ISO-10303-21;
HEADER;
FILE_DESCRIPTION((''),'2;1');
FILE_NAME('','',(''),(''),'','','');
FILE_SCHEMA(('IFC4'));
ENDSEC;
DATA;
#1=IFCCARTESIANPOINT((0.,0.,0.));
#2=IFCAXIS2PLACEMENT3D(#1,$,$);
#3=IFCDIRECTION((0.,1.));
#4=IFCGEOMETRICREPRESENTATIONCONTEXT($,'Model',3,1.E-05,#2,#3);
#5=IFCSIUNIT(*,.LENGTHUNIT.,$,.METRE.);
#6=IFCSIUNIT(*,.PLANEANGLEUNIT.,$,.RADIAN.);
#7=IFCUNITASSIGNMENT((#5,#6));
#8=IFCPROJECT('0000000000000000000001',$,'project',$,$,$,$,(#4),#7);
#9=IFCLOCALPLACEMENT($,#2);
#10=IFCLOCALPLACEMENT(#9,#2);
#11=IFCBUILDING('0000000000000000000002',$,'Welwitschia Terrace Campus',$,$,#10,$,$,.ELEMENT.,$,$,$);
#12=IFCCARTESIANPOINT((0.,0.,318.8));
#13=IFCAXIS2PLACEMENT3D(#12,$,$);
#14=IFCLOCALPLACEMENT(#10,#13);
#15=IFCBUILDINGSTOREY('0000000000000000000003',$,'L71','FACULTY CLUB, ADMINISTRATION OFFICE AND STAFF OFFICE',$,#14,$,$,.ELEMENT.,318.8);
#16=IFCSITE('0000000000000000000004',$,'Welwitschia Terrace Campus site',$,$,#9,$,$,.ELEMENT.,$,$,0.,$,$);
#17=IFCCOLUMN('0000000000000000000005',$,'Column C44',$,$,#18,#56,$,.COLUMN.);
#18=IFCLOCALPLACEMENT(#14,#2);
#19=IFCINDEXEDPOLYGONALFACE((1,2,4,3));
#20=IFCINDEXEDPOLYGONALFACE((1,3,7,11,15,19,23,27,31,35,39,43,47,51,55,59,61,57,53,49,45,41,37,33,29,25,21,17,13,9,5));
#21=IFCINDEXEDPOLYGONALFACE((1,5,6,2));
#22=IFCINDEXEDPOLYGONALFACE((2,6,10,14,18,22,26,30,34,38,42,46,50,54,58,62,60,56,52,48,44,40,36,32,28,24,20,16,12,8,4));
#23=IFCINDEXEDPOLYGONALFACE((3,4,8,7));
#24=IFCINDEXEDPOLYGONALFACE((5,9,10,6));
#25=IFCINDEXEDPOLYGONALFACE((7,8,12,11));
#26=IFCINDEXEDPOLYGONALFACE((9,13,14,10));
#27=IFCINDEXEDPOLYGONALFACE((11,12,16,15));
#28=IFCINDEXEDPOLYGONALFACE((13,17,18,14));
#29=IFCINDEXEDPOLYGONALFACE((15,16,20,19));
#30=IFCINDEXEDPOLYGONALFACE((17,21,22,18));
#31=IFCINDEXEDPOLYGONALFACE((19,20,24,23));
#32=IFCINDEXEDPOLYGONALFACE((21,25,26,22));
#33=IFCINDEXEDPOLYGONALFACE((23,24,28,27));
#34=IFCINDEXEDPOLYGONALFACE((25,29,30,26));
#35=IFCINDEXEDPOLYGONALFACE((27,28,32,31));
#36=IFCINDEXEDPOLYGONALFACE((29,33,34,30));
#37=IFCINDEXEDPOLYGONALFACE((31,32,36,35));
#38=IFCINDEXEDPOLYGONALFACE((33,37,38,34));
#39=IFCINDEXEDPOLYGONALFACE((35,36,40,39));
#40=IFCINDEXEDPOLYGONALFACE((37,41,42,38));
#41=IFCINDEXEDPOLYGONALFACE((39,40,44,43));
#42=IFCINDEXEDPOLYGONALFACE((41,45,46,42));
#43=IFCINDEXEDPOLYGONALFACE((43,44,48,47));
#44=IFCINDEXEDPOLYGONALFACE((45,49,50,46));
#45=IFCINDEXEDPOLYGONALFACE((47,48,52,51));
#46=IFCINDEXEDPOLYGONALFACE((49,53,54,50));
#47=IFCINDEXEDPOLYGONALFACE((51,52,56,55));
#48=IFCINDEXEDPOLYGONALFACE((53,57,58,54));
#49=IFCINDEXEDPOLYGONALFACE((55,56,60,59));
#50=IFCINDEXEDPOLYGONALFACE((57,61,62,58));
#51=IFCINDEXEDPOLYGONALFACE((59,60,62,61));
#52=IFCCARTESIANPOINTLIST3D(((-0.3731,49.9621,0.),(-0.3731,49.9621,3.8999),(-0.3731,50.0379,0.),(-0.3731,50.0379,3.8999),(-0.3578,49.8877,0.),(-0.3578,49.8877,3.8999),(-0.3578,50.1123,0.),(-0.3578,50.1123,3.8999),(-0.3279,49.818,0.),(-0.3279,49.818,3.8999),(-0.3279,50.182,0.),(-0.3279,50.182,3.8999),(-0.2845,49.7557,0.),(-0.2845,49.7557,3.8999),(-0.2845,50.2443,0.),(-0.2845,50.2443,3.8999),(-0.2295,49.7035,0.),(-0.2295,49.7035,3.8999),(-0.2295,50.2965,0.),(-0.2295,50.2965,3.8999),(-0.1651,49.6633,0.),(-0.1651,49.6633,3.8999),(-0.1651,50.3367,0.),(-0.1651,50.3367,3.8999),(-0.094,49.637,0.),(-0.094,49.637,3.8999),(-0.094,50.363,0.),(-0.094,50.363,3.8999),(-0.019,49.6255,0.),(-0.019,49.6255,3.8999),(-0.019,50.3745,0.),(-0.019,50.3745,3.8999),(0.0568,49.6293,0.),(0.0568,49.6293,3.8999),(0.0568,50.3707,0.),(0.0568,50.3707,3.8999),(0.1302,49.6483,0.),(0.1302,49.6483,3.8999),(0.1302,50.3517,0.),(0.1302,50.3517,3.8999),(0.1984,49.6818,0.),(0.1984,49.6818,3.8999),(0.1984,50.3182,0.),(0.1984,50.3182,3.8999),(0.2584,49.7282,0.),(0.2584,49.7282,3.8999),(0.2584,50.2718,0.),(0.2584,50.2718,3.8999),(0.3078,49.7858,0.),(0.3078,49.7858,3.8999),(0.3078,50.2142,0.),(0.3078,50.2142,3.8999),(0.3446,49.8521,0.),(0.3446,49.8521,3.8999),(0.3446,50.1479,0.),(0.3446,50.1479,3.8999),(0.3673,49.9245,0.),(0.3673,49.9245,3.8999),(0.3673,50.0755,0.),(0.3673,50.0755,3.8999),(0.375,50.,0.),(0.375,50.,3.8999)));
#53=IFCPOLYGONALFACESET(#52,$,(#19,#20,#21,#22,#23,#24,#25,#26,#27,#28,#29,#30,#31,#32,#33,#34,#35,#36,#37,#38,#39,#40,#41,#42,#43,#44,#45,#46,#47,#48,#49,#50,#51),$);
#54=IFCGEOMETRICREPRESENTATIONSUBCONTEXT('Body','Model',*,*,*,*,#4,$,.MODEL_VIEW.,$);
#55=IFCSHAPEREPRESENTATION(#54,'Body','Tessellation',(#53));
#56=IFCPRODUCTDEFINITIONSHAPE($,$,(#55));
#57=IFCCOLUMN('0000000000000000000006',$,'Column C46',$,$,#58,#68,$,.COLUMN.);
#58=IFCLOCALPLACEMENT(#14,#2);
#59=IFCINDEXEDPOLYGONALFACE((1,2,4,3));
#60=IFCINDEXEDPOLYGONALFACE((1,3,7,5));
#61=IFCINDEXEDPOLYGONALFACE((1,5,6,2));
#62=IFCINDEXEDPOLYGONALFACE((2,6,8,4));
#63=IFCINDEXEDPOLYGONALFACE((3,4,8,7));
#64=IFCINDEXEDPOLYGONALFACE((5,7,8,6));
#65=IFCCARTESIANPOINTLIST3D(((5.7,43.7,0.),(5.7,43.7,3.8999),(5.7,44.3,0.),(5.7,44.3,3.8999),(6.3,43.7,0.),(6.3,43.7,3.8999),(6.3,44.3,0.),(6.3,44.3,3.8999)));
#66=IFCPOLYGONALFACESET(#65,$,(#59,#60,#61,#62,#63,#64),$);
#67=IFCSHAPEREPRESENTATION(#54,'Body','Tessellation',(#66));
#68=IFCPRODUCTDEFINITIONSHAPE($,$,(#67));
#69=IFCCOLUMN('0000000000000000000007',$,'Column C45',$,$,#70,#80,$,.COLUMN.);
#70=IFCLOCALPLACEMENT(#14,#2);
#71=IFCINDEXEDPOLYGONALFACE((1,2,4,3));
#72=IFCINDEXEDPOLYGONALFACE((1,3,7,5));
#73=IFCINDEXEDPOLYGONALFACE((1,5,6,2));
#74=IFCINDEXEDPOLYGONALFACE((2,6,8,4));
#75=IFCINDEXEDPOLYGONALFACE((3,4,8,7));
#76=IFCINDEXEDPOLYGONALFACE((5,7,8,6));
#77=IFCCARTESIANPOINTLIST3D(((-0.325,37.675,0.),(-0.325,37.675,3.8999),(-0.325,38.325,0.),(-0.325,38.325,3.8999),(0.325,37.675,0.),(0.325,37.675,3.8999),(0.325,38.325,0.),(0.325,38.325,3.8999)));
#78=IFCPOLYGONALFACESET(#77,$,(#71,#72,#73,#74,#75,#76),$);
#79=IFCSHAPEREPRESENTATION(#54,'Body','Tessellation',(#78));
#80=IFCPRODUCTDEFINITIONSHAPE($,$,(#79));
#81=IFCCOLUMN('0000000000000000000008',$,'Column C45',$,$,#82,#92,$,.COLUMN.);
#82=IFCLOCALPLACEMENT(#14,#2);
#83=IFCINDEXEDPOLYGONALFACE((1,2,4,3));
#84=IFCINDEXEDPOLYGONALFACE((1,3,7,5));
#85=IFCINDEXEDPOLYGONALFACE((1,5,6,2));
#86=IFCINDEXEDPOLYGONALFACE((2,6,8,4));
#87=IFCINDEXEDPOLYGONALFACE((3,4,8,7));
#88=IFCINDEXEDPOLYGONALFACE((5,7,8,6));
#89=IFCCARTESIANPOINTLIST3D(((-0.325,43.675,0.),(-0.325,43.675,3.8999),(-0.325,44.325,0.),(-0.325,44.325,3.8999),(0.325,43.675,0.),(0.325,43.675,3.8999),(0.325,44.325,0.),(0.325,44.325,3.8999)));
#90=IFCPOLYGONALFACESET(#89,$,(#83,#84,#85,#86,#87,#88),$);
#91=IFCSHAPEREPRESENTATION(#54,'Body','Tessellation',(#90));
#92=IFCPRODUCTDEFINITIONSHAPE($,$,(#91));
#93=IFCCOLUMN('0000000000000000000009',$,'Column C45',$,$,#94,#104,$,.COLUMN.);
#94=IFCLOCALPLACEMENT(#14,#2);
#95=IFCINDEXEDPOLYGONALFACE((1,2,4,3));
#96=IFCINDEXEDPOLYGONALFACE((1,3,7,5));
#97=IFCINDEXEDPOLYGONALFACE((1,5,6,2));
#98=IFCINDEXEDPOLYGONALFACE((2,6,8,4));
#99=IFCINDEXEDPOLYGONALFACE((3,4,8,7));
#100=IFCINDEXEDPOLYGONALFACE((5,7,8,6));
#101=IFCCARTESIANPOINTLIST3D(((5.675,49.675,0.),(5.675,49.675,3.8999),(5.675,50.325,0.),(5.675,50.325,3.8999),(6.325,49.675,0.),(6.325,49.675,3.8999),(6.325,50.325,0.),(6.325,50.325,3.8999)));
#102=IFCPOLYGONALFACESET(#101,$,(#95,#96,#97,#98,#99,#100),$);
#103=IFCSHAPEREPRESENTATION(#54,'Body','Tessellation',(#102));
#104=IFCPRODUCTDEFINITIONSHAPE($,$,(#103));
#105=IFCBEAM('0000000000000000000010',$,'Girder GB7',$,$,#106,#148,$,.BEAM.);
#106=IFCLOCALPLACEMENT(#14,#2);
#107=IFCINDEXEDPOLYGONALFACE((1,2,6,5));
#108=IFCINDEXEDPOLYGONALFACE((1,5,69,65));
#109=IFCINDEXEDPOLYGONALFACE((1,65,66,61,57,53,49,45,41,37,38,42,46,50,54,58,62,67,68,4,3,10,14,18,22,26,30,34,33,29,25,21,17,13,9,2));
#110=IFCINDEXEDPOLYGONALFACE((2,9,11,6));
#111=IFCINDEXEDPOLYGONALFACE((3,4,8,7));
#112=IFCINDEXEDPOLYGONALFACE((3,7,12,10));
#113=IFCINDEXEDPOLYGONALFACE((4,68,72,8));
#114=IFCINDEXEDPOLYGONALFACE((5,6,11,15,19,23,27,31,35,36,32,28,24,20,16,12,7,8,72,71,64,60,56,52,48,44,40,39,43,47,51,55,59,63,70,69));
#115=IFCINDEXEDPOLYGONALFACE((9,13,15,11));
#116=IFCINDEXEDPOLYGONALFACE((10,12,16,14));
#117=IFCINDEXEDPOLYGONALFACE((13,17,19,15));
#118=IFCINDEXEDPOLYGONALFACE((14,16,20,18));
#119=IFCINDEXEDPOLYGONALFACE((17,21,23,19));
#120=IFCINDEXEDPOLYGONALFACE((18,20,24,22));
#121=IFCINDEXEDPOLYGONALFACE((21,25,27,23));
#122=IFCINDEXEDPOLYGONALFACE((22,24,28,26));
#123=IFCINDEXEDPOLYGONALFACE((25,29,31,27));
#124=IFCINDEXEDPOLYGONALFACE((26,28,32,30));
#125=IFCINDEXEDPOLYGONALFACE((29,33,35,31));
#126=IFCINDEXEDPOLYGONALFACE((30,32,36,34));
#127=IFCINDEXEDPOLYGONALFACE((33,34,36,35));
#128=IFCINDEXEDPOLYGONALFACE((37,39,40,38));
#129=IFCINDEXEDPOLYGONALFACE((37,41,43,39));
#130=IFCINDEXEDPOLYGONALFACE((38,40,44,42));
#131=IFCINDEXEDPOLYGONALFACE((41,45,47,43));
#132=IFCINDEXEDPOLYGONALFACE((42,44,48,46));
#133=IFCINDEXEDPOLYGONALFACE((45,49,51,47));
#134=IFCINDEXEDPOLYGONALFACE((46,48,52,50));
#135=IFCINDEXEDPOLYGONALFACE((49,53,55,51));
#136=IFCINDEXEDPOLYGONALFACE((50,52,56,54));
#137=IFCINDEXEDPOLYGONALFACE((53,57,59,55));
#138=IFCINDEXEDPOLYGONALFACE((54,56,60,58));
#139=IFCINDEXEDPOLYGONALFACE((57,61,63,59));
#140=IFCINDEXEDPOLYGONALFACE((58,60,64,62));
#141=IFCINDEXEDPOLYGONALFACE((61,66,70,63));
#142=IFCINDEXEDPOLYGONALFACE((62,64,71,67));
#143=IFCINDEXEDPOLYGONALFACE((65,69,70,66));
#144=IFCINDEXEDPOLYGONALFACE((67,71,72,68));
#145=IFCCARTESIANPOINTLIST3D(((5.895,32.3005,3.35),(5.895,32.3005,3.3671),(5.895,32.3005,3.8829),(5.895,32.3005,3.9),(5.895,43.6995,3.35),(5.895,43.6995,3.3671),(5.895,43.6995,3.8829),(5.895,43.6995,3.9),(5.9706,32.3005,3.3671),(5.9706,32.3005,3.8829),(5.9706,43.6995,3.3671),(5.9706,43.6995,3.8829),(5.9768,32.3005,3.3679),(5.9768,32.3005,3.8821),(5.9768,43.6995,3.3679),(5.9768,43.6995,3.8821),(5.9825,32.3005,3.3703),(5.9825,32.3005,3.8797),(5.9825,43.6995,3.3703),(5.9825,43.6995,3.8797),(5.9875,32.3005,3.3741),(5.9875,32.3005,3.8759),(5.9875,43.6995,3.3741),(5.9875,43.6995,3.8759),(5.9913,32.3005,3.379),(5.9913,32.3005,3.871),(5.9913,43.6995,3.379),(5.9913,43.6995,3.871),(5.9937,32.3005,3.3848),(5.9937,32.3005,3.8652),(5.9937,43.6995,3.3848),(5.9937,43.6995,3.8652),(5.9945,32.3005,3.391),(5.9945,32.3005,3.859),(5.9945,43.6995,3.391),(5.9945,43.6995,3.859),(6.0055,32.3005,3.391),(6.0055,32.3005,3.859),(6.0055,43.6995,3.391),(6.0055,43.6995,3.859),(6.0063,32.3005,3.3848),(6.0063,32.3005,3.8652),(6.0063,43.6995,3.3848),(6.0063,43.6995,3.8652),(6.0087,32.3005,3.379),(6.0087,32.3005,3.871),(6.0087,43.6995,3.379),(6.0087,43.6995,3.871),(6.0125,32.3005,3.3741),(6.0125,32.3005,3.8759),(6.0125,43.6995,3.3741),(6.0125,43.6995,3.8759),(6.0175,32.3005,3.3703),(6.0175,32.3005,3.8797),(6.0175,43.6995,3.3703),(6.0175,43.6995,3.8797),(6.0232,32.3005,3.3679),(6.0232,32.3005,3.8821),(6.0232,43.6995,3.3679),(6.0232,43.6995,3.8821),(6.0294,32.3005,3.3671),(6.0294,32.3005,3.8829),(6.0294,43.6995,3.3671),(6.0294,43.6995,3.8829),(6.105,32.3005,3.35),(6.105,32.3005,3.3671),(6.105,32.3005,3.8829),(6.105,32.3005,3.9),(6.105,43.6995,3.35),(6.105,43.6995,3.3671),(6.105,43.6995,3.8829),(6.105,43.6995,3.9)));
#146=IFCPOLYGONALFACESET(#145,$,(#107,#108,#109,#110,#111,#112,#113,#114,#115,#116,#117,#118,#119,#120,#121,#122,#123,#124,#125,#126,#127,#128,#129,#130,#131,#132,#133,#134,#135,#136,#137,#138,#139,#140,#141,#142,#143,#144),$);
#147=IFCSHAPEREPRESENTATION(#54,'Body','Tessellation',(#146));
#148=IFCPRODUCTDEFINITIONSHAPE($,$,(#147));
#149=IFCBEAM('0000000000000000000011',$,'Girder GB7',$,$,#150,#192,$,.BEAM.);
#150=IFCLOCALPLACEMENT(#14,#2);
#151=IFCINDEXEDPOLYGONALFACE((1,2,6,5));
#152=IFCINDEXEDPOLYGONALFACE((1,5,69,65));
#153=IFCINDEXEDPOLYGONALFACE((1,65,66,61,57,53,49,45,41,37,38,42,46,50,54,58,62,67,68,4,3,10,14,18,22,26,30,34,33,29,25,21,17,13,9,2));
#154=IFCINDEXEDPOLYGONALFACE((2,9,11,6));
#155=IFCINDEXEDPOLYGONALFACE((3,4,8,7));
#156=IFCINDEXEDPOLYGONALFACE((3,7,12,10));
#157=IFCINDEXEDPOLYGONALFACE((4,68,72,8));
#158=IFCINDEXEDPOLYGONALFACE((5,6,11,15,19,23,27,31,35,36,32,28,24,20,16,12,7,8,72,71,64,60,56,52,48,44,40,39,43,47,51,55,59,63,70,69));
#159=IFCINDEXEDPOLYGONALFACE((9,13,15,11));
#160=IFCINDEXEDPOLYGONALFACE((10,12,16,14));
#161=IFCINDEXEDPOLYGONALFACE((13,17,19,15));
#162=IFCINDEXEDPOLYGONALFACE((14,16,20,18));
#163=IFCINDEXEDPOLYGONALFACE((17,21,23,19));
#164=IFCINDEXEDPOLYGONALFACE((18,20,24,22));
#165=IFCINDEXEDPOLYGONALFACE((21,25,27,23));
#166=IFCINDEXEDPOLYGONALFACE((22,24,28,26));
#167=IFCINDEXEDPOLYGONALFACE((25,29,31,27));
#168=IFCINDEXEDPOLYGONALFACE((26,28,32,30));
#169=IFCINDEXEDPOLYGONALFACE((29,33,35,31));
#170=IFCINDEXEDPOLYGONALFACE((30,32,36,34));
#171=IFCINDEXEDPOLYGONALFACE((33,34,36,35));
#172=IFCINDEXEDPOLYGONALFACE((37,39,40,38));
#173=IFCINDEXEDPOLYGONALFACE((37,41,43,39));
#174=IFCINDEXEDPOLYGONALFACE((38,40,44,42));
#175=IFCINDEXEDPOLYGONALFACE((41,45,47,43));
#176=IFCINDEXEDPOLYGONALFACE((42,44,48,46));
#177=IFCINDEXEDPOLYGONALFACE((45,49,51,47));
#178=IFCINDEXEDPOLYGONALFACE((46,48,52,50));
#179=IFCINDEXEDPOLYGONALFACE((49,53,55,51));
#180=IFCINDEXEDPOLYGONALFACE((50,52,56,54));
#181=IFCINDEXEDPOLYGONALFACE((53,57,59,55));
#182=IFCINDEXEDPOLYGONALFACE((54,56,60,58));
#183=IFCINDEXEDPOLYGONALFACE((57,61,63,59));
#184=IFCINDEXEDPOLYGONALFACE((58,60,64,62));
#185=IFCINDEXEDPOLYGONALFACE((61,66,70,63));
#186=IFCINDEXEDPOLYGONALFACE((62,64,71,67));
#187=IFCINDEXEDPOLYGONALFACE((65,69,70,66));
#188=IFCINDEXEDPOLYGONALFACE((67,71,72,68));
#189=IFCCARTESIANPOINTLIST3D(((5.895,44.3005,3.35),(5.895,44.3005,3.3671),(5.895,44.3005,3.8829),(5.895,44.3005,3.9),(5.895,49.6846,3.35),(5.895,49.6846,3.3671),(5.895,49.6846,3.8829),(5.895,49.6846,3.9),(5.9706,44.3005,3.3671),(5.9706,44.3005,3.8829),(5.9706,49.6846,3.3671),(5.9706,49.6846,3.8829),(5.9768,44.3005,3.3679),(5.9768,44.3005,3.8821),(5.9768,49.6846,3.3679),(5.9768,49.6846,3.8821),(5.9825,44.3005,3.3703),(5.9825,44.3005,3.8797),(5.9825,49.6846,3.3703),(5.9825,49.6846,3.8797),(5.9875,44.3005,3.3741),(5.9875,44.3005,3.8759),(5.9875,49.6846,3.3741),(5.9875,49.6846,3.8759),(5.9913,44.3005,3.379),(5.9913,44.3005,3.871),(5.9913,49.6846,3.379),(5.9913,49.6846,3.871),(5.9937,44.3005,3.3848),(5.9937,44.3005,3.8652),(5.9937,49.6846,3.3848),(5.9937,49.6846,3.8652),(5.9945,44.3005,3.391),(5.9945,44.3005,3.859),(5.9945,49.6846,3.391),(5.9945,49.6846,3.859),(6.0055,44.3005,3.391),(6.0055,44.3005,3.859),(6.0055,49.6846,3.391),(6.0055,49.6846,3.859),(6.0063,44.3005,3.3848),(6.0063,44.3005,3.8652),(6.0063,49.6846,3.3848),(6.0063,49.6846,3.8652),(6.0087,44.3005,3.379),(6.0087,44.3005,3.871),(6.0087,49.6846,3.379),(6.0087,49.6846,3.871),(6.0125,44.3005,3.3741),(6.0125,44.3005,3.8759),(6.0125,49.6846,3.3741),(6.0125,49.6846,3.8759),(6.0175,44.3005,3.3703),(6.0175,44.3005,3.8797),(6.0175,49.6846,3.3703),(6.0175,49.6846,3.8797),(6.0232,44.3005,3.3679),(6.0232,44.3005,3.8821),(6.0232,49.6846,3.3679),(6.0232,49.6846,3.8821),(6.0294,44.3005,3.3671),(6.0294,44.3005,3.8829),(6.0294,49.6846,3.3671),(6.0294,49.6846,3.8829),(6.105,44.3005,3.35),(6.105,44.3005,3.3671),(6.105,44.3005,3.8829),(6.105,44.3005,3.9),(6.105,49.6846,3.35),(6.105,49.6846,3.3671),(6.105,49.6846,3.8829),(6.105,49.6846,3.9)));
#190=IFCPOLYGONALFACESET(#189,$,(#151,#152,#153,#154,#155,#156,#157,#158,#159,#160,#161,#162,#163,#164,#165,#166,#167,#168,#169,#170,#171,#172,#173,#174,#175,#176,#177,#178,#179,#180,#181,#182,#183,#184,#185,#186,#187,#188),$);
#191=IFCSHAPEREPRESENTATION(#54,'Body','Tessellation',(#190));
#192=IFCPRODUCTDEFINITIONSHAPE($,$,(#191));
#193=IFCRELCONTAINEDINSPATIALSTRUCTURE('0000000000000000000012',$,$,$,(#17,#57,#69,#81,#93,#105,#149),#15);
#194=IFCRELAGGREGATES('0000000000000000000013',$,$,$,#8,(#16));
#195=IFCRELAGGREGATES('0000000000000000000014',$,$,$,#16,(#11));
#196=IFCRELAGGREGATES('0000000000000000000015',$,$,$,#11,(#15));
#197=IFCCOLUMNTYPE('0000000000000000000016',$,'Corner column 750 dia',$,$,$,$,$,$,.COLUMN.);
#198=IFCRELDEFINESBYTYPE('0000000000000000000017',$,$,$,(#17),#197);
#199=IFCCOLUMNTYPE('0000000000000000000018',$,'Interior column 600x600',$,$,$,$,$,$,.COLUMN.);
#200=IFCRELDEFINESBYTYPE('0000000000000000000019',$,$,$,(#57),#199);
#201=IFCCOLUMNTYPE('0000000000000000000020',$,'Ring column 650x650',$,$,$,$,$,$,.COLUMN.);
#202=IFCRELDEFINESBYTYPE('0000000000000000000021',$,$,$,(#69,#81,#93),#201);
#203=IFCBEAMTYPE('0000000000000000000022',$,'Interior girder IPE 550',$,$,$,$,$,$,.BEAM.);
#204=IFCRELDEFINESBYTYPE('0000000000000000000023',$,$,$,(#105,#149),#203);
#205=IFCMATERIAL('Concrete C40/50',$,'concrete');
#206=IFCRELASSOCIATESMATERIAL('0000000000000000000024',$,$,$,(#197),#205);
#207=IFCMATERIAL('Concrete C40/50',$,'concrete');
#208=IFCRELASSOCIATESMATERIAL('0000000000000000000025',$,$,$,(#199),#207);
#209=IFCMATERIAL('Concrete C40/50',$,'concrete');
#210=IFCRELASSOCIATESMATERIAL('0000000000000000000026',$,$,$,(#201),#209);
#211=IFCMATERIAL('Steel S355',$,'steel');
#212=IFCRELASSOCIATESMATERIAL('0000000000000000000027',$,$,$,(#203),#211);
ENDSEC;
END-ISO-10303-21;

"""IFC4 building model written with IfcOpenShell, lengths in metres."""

from ifc_helpers import new_model, si_unit, direction, frame, origin, origin_2d, place, context, subcontext, project, spatial, rectangle, circle, i_section, extrude, material, material_profile, profile_set, type_object, element, save


model = new_model("IFC4")

# Units and contexts
model_context = context("Model", 3, precision=1e-05, world=origin(), true_north=direction((0.0, 1.0)))
body_context = subcontext(model_context, "Body", "Model", "MODEL_VIEW")
ifc_project = project(units=[si_unit("LENGTHUNIT", "METRE"), si_unit("PLANEANGLEUNIT", "RADIAN")], contexts=[model_context])

# Site, building, storey
site_placement = place(None, origin())
site = spatial("IfcSite", under=ifc_project, at=site_placement, Name="Welwitschia Terrace Campus site", CompositionType="ELEMENT", RefElevation=0.0)
building_placement = place(site_placement, origin())
building = spatial("IfcBuilding", under=site, at=building_placement, Name="Welwitschia Terrace Campus", CompositionType="ELEMENT")
storey_placement = place(building_placement, frame((0.0, 0.0, 318.8)))
storey = spatial("IfcBuildingStorey", under=building, at=storey_placement, Name="L71", Description="FACULTY CLUB, ADMINISTRATION OFFICE AND STAFF OFFICE", CompositionType="ELEMENT", Elevation=318.8)

# Columns
ifc_material_1 = material(Name="Concrete C40/50", Category="concrete")
ifc_material_profile_1 = material_profile(ifc_material_1, circle(Radius=0.375, at=origin_2d()))
ifc_profile_set_1 = profile_set([ifc_material_profile_1], Name="Concrete C40/50")
column_type_1 = type_object("IfcColumnType", Name="Corner column 750 dia", PredefinedType="COLUMN", material=ifc_profile_set_1)
column_1_placement = place(storey_placement, frame((0.0, 50.0, 0.0), z_axis=(0.0, 0.0, 1.0), x_axis=(1.0, 0.0, 0.0)))
element("IfcColumn", 1, at=column_1_placement, inside=storey, type_object=column_type_1, Name="Column C44", PredefinedType="COLUMN", context=body_context, shape_type="SweptSolid", body=[
    extrude(circle(Radius=0.375, at=origin_2d()), origin(), (0.0, 0.0, 1.0), 3.8999),
])
ifc_material_2 = material(Name="Concrete C40/50", Category="concrete")
ifc_material_profile_2 = material_profile(ifc_material_2, rectangle(XDim=0.6001, YDim=0.6001, at=origin_2d()))
ifc_profile_set_2 = profile_set([ifc_material_profile_2], Name="Concrete C40/50")
column_type_2 = type_object("IfcColumnType", Name="Interior column 600x600", PredefinedType="COLUMN", material=ifc_profile_set_2)
column_2_placement = place(storey_placement, frame((6.0, 44.0, 0.0), z_axis=(0.0, 0.0, 1.0), x_axis=(1.0, 0.0, 0.0)))
element("IfcColumn", 2, at=column_2_placement, inside=storey, type_object=column_type_2, Name="Column C46", PredefinedType="COLUMN", context=body_context, shape_type="SweptSolid", body=[
    extrude(rectangle(XDim=0.6001, YDim=0.6001, at=origin_2d()), origin(), (0.0, 0.0, 1.0), 3.8999),
])
ifc_material_3 = material(Name="Concrete C40/50", Category="concrete")
ifc_material_profile_3 = material_profile(ifc_material_3, rectangle(XDim=0.6499, YDim=0.6499, at=origin_2d()))
ifc_profile_set_3 = profile_set([ifc_material_profile_3], Name="Concrete C40/50")
column_type_3 = type_object("IfcColumnType", Name="Ring column 650x650", PredefinedType="COLUMN", material=ifc_profile_set_3)
for number, where, z_axis, x_axis, name in (
    (3, (0.0, 38.0, 0.0), (0.0, 0.0, 1.0), (1.0, 0.0, 0.0), "Column C45"),
    (4, (0.0, 44.0, 0.0), (0.0, 0.0, 1.0), (1.0, 0.0, 0.0), "Column C45"),
    (5, (6.0, 50.0, 0.0), (0.0, 0.0, 1.0), (1.0, 0.0, 0.0), "Column C45"),
):
    element("IfcColumn", number, at=place(storey_placement, frame(where, z_axis=z_axis, x_axis=x_axis)), inside=storey, type_object=column_type_3, Name=name, PredefinedType="COLUMN", context=body_context, shape_type="SweptSolid", body=[
        extrude(rectangle(XDim=0.6499, YDim=0.6499, at=origin_2d()), origin(), (0.0, 0.0, 1.0), 3.8999),
    ])

# Beams
ifc_material_4 = material(Name="Steel S355", Category="steel")
ifc_material_profile_4 = material_profile(ifc_material_4, i_section(OverallWidth=0.21, OverallDepth=0.55, WebThickness=0.011, FlangeThickness=0.0171, FilletRadius=0.0239, at=origin_2d()))
ifc_profile_set_4 = profile_set([ifc_material_profile_4], Name="Steel S355")
beam_type_1 = type_object("IfcBeamType", Name="Interior girder IPE 550", PredefinedType="BEAM", material=ifc_profile_set_4)
beam_1_placement = place(storey_placement, frame((6.0, 32.3005, 3.625), z_axis=(0.0, 1.0, 0.0), x_axis=(-1.0, 0.0, 0.0)))
element("IfcBeam", 6, at=beam_1_placement, inside=storey, type_object=beam_type_1, Name="Girder GB7", PredefinedType="BEAM", context=body_context, shape_type="SweptSolid", body=[
    extrude(i_section(OverallWidth=0.21, OverallDepth=0.55, WebThickness=0.011, FlangeThickness=0.0171, FilletRadius=0.0239, at=origin_2d()), origin(), (0.0, 0.0, 1.0), 11.3989),
])
beam_2_placement = place(storey_placement, frame((6.0, 44.3005, 3.625), z_axis=(0.0, 1.0, 0.0), x_axis=(-1.0, 0.0, 0.0)))
element("IfcBeam", 7, at=beam_2_placement, inside=storey, type_object=beam_type_1, Name="Girder GB7", PredefinedType="BEAM", context=body_context, shape_type="SweptSolid", body=[
    extrude(i_section(OverallWidth=0.21, OverallDepth=0.55, WebThickness=0.011, FlangeThickness=0.0171, FilletRadius=0.0239, at=origin_2d()), origin(), (0.0, 0.0, 1.0), 5.384),
])

save(model, "model.ifc")
